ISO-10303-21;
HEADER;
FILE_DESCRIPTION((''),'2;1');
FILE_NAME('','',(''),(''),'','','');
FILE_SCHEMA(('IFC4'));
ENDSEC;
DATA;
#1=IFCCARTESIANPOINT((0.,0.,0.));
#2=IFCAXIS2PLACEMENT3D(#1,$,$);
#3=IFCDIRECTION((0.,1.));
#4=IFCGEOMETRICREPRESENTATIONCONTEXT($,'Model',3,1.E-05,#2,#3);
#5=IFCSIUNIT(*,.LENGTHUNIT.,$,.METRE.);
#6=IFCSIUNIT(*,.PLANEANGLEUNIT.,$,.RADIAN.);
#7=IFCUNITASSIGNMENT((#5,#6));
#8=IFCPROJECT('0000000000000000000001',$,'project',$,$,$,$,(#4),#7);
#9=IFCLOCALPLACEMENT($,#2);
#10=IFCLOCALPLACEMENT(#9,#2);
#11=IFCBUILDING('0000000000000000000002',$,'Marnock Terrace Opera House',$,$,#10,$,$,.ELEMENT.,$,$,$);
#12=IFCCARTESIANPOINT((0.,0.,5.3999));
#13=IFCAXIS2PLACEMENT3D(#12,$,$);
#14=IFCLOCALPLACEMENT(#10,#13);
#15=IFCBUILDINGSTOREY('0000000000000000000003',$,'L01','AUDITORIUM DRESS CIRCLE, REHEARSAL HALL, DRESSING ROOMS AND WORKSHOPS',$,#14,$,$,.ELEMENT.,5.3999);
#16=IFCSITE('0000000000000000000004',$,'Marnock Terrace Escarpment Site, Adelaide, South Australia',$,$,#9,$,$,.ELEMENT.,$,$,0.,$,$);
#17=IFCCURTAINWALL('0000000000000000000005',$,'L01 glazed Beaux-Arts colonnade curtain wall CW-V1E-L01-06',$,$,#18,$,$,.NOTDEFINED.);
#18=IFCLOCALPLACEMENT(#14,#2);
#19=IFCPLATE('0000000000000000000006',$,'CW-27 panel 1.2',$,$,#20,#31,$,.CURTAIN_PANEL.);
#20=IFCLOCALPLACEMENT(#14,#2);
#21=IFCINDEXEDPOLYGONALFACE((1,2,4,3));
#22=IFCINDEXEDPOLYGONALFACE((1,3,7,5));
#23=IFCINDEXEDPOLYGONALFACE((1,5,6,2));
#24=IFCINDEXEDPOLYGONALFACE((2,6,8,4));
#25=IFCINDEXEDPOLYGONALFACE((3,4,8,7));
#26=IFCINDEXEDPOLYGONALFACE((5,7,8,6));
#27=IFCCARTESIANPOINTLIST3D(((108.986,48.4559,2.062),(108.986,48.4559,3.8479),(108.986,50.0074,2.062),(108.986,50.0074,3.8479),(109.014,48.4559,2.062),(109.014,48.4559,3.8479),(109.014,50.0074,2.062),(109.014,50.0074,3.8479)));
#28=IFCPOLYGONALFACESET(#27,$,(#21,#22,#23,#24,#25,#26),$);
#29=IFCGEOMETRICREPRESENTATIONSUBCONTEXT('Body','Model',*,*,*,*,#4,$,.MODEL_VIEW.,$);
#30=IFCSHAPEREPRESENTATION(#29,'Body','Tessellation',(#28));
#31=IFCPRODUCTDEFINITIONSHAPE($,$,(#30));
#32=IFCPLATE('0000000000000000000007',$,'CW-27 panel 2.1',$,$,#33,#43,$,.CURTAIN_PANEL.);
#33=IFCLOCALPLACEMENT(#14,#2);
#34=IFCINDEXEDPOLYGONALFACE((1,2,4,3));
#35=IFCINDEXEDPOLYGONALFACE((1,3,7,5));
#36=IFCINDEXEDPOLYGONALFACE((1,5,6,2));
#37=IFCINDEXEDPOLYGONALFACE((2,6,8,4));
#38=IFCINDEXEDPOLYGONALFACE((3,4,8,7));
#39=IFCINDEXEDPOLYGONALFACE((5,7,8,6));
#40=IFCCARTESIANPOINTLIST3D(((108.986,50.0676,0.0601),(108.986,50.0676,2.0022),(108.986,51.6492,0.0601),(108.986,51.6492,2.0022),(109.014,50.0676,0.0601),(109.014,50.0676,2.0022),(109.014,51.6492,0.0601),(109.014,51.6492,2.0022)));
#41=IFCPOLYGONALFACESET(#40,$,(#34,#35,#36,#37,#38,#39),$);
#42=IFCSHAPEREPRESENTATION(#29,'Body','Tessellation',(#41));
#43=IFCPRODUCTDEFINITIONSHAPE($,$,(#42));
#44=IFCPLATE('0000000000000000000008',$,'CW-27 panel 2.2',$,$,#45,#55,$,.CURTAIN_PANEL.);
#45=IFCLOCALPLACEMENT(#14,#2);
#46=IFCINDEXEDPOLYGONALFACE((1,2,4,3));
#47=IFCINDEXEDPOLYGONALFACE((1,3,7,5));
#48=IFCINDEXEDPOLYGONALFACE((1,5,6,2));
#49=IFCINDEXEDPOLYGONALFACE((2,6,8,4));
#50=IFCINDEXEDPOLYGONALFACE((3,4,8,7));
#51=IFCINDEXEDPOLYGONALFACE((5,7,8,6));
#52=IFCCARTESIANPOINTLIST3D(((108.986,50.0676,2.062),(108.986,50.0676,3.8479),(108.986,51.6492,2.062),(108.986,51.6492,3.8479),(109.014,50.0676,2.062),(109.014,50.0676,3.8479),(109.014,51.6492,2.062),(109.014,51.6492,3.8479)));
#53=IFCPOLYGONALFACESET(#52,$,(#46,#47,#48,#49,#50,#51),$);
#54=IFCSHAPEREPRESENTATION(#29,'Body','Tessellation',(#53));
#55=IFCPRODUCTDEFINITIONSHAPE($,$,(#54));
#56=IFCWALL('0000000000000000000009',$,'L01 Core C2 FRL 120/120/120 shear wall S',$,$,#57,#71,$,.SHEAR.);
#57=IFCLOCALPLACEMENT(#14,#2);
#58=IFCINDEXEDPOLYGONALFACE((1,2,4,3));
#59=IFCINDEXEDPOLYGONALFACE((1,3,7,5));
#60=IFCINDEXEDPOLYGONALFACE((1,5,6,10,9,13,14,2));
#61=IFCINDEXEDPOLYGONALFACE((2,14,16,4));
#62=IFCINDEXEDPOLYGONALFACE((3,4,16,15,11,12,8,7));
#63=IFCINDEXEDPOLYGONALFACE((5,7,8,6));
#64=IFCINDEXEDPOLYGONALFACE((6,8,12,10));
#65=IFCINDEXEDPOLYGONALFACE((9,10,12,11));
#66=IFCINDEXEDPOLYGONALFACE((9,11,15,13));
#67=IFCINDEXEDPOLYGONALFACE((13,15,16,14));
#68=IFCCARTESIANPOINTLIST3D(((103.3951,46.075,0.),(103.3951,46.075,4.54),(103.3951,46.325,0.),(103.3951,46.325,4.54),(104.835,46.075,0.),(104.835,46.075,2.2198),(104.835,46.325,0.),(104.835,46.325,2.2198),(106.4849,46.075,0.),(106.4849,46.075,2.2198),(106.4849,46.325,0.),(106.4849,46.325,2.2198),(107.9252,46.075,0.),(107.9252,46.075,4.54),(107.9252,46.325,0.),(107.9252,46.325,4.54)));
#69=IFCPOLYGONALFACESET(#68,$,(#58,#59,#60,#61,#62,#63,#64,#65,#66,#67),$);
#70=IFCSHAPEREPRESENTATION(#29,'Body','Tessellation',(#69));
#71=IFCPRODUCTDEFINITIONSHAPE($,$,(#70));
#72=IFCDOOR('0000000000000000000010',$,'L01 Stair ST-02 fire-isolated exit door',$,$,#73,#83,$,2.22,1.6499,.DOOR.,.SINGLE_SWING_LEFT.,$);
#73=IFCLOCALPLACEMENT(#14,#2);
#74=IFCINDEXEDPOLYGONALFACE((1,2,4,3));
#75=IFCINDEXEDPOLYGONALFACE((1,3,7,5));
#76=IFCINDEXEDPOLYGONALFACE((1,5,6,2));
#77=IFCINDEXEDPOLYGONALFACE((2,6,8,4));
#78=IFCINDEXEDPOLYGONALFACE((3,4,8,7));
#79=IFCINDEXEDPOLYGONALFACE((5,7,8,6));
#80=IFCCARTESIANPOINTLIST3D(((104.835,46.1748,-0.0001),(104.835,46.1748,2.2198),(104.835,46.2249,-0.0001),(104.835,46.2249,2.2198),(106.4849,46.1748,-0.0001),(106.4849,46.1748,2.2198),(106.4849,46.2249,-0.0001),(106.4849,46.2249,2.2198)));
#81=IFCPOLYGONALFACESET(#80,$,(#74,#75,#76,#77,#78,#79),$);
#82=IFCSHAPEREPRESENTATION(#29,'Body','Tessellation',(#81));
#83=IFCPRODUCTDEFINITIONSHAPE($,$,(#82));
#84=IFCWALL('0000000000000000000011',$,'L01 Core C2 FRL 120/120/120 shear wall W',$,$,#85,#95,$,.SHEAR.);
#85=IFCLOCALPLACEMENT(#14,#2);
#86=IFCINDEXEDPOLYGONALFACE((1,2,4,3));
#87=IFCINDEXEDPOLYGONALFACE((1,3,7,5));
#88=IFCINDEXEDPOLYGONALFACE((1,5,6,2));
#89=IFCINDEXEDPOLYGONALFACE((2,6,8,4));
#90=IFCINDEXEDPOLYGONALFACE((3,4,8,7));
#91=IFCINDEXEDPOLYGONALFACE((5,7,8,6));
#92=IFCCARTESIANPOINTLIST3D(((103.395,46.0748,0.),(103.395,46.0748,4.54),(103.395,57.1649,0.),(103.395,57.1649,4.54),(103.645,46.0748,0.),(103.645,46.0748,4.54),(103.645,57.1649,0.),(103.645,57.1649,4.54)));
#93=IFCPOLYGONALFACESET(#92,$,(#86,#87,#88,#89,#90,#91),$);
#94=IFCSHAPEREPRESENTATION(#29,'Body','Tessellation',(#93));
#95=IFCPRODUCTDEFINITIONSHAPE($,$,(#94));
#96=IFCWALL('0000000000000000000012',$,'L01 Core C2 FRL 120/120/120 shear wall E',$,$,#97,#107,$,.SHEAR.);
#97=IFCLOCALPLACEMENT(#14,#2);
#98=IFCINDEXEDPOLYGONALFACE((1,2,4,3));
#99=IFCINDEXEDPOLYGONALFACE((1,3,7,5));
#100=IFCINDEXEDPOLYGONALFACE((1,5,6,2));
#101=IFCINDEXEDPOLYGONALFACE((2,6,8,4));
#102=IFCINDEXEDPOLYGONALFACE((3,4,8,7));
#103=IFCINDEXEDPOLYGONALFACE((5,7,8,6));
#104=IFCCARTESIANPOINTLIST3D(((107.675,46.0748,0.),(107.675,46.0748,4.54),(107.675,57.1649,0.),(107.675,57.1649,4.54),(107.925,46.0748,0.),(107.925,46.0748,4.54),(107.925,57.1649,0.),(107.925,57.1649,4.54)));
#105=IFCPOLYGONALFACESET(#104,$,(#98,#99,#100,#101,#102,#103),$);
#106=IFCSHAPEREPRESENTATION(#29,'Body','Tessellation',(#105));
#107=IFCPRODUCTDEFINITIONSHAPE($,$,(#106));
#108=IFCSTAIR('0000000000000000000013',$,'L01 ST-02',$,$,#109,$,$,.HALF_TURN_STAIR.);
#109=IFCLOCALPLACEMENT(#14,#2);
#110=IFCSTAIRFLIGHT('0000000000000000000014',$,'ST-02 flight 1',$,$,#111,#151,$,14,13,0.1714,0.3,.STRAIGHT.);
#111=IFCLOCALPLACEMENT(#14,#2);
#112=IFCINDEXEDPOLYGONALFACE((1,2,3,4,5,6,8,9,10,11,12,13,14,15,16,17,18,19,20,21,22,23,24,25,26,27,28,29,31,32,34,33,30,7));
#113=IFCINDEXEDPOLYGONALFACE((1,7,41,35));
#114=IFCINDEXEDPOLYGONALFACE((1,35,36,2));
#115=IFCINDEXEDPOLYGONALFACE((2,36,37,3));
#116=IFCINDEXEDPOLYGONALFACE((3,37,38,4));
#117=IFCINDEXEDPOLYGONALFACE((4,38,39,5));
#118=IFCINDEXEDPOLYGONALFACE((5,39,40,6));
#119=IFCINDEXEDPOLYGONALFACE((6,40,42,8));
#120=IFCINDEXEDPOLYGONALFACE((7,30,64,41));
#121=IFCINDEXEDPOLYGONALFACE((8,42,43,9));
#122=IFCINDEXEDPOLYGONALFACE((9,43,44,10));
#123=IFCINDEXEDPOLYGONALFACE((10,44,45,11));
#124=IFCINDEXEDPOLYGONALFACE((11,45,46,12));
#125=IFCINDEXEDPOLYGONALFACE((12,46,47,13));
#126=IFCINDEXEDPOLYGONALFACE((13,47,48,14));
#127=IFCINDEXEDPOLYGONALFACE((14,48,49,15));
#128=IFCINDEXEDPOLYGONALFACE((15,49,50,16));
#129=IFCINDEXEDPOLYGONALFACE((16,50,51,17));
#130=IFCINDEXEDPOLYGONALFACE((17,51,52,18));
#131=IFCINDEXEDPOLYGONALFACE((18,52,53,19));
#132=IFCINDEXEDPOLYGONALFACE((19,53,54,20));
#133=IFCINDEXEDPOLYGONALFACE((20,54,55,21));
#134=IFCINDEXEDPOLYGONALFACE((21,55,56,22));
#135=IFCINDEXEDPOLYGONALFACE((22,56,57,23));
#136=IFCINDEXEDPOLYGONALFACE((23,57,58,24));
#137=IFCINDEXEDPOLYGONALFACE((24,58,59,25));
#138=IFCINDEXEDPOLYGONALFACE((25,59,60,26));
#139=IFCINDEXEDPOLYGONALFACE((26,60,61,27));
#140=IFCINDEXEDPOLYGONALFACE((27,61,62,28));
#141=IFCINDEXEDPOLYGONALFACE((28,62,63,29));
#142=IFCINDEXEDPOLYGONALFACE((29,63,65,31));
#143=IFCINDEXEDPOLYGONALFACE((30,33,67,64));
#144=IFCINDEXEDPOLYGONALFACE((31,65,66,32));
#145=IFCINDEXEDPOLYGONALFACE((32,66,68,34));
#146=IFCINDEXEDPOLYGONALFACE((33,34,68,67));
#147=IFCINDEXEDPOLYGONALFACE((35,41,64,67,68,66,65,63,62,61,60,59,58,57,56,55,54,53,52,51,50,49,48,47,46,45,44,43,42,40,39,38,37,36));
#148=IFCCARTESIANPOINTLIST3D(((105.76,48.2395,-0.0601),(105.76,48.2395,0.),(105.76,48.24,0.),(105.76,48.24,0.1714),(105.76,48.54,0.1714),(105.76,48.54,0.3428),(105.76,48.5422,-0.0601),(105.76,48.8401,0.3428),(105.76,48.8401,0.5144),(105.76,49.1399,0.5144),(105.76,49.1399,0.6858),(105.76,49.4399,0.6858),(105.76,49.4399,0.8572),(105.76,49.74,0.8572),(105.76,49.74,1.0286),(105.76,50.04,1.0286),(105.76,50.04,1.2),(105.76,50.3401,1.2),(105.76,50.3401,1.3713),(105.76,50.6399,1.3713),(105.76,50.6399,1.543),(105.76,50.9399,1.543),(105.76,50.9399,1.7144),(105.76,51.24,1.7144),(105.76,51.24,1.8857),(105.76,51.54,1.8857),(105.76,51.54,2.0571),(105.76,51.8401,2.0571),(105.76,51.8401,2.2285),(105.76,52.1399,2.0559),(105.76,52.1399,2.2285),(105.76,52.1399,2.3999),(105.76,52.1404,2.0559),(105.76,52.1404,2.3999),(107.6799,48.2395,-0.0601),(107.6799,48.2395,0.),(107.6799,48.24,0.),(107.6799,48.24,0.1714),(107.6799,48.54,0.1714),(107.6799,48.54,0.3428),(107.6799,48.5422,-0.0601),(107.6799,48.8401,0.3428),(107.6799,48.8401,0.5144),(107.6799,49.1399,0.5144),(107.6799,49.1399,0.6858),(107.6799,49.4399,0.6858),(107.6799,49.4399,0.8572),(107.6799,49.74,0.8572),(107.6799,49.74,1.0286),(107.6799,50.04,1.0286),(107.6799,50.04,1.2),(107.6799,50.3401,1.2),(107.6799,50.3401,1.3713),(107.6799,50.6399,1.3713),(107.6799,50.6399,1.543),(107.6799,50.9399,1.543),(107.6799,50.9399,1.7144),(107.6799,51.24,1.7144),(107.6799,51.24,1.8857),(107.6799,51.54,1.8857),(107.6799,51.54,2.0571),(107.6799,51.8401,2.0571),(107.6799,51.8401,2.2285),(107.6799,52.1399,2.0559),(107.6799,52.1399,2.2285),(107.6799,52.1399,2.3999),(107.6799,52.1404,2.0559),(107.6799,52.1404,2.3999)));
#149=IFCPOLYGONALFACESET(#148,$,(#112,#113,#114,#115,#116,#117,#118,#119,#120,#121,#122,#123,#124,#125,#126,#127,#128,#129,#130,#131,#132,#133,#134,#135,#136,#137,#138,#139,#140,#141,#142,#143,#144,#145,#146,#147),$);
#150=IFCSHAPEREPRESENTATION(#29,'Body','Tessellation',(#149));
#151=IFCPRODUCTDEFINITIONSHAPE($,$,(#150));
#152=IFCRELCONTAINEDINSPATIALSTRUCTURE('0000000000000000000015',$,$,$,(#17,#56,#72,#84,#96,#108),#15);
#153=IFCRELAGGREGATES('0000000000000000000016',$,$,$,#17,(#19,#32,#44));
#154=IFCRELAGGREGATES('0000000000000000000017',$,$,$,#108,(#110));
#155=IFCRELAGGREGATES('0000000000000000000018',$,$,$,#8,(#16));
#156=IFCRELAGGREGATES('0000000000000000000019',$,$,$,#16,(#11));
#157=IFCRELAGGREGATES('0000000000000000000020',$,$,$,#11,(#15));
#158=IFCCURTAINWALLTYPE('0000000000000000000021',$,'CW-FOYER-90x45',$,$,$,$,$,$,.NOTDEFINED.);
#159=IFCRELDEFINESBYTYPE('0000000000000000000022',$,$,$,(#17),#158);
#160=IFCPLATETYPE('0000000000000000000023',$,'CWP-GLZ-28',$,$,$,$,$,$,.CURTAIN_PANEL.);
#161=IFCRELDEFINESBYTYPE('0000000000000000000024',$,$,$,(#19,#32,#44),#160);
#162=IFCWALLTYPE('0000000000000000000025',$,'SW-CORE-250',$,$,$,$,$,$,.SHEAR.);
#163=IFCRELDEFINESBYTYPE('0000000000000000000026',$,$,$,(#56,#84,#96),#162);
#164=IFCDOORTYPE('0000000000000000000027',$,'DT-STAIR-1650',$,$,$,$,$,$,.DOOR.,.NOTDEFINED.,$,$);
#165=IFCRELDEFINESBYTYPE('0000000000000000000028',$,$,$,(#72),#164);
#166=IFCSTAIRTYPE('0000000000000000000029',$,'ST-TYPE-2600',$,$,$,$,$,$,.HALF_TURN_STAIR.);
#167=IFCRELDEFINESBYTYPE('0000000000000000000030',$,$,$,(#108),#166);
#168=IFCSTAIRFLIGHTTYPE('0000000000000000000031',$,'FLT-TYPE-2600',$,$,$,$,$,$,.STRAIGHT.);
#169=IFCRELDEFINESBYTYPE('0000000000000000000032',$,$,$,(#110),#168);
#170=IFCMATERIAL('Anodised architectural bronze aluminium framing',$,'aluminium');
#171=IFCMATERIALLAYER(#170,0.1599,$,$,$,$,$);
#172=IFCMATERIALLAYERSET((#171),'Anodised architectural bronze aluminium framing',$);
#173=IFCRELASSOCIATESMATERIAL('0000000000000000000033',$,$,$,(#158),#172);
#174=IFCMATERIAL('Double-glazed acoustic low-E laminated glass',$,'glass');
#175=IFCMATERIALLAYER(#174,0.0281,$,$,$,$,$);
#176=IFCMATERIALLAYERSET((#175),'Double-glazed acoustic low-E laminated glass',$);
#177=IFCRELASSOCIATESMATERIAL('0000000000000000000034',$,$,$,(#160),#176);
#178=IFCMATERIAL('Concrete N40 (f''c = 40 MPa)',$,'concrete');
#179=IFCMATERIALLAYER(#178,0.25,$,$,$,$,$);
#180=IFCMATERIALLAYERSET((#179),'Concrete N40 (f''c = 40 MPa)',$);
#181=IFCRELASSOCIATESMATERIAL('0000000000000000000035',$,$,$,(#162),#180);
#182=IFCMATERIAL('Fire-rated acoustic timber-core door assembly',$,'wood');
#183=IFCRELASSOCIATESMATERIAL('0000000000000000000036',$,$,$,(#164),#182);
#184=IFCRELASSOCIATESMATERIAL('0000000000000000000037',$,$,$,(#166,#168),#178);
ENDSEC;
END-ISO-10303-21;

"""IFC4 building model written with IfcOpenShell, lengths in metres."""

from ifc_helpers import new_model, si_unit, direction, frame, frame_2d, origin, origin_2d, place, context, subcontext, project, spatial, polyline, rectangle, outline, extrude, material, layer, layer_set, type_object, element, fill, aggregate, save


model = new_model("IFC4")

# Units and contexts
model_context = context("Model", 3, precision=1e-05, world=origin(), true_north=direction((0.0, 1.0)))
body_context = subcontext(model_context, "Body", "Model", "MODEL_VIEW")
ifc_project = project(units=[si_unit("LENGTHUNIT", "METRE"), si_unit("PLANEANGLEUNIT", "RADIAN")], contexts=[model_context])

# Site, building, storey
site_placement = place(None, origin())
site = spatial("IfcSite", under=ifc_project, at=site_placement, Name="Marnock Terrace Escarpment Site, Adelaide, South Australia", CompositionType="ELEMENT", RefElevation=0.0)
building_placement = place(site_placement, origin())
building = spatial("IfcBuilding", under=site, at=building_placement, Name="Marnock Terrace Opera House", CompositionType="ELEMENT")
storey_placement = place(building_placement, frame((0.0, 0.0, 5.3999)))
storey = spatial("IfcBuildingStorey", under=building, at=storey_placement, Name="L01", Description="AUDITORIUM DRESS CIRCLE, REHEARSAL HALL, DRESSING ROOMS AND WORKSHOPS", CompositionType="ELEMENT", Elevation=5.3999)

# Shared definitions
ifc_material_1 = material(Name="Concrete N40 (f'c = 40 MPa)", Category="concrete")

# Curtain wall
ifc_material_2 = material(Name="Anodised architectural bronze aluminium framing", Category="aluminium")
ifc_layer_1 = layer(ifc_material_2, 0.1599)
ifc_layer_set_1 = layer_set([ifc_layer_1], Name="Anodised architectural bronze aluminium framing")
curtain_wall_type_1 = type_object("IfcCurtainWallType", Name="CW-FOYER-90x45", PredefinedType="NOTDEFINED", material=ifc_layer_set_1)
curtain_wall_1_placement = place(storey_placement, origin())
curtain_wall_1 = element("IfcCurtainWall", 1, at=curtain_wall_1_placement, inside=storey, type_object=curtain_wall_type_1, Name="L01 glazed Beaux-Arts colonnade curtain wall CW-V1E-L01-06", PredefinedType="NOTDEFINED")

# Plates
ifc_material_3 = material(Name="Double-glazed acoustic low-E laminated glass", Category="glass")
ifc_layer_2 = layer(ifc_material_3, 0.0281)
ifc_layer_set_2 = layer_set([ifc_layer_2], Name="Double-glazed acoustic low-E laminated glass")
plate_type = type_object("IfcPlateType", Name="CWP-GLZ-28", PredefinedType="CURTAIN_PANEL", material=ifc_layer_set_2)
plate_1_placement = place(storey_placement, frame((109.0, 49.2317, 2.062), z_axis=(0.0, 0.0, 1.0), x_axis=(0.0, 1.0, 0.0)))
plate_1 = element("IfcPlate", 2, at=plate_1_placement, type_object=plate_type, Name="CW-27 panel 1.2", PredefinedType="CURTAIN_PANEL", context=body_context, shape_type="SweptSolid", body=[
    extrude(rectangle(XDim=1.5515, YDim=0.0281, at=origin_2d()), origin(), (0.0, 0.0, 1.0), 1.7859),
])
plate_2_placement = place(storey_placement, frame((109.0, 50.8584, 0.0601), z_axis=(0.0, 0.0, 1.0), x_axis=(0.0, 1.0, 0.0)))
plate_2 = element("IfcPlate", 3, at=plate_2_placement, type_object=plate_type, Name="CW-27 panel 2.1", PredefinedType="CURTAIN_PANEL", context=body_context, shape_type="SweptSolid", body=[
    extrude(rectangle(XDim=1.5815, YDim=0.0281, at=origin_2d()), origin(), (0.0, 0.0, 1.0), 1.9421),
])
plate_3_placement = place(storey_placement, frame((109.0, 50.8584, 2.062), z_axis=(0.0, 0.0, 1.0), x_axis=(0.0, 1.0, 0.0)))
plate_3 = element("IfcPlate", 4, at=plate_3_placement, type_object=plate_type, Name="CW-27 panel 2.2", PredefinedType="CURTAIN_PANEL", context=body_context, shape_type="SweptSolid", body=[
    extrude(rectangle(XDim=1.5815, YDim=0.0281, at=origin_2d()), origin(), (0.0, 0.0, 1.0), 1.7859),
])
aggregate(curtain_wall_1, [plate_1, plate_2, plate_3])

# Wall, opening, door
ifc_layer_3 = layer(ifc_material_1, 0.25)
ifc_layer_set_3 = layer_set([ifc_layer_3], Name="Concrete N40 (f'c = 40 MPa)")
wall_type = type_object("IfcWallType", Name="SW-CORE-250", PredefinedType="SHEAR", material=ifc_layer_set_3)
wall_placement = place(storey_placement, frame((103.395, 46.2, 0.0), z_axis=(0.0, 0.0, 1.0), x_axis=(1.0, 0.0, 0.0)))
wall = element("IfcWall", 5, at=wall_placement, inside=storey, type_object=wall_type, Name="L01 Core C2 FRL 120/120/120 shear wall S", PredefinedType="SHEAR", context=body_context, shape_type="SweptSolid", body=[
    extrude(rectangle(XDim=4.53, YDim=0.25, at=frame_2d((2.2651, 0.0))), origin(), (0.0, 0.0, 1.0), 4.54),
])
opening_placement = place(wall_placement, frame((1.4399, 0.0, 0.0)))
opening = element("IfcOpeningElement", 6, at=opening_placement, cuts=wall, PredefinedType="OPENING", context=body_context, shape_type="SweptSolid", body=[
    extrude(rectangle(XDim=1.6499, YDim=2.22, at=frame_2d((0.825, 1.1099))), frame((0.0, 0.135, 0.0), z_axis=(0.0, -1.0, 0.0), x_axis=(1.0, 0.0, 0.0)), (0.0, 0.0, 1.0), 0.27),
])
ifc_material_4 = material(Name="Fire-rated acoustic timber-core door assembly", Category="wood")
door_type = type_object("IfcDoorType", Name="DT-STAIR-1650", OperationType="NOTDEFINED", PredefinedType="DOOR", material=ifc_material_4)
door_placement = place(opening_placement, origin())
door = element("IfcDoor", 7, at=door_placement, inside=storey, type_object=door_type, Name="L01 Stair ST-02 fire-isolated exit door", OperationType="SINGLE_SWING_LEFT", OverallHeight=2.22, OverallWidth=1.6499, PredefinedType="DOOR", context=body_context, shape_type="SweptSolid", body=[
    extrude(rectangle(XDim=1.6499, YDim=2.22, at=frame_2d((0.825, 1.1099))), frame((0.0, 0.0249, 0.0), z_axis=(0.0, -1.0, 0.0), x_axis=(1.0, 0.0, 0.0)), (0.0, 0.0, 1.0), 0.05),
])
fill(opening, door)

# Walls
for number, where, z_axis, x_axis, name in (
    (8, (103.52, 46.075, 0.0), (0.0, 0.0, 1.0), (0.0, 1.0, 0.0), "L01 Core C2 FRL 120/120/120 shear wall W"),
    (9, (107.8, 46.075, 0.0), (0.0, 0.0, 1.0), (0.0, 1.0, 0.0), "L01 Core C2 FRL 120/120/120 shear wall E"),
):
    element("IfcWall", number, at=place(storey_placement, frame(where, z_axis=z_axis, x_axis=x_axis)), inside=storey, type_object=wall_type, Name=name, PredefinedType="SHEAR", context=body_context, shape_type="SweptSolid", body=[
        extrude(rectangle(XDim=11.0901, YDim=0.25, at=frame_2d((5.5449, 0.0))), origin(), (0.0, 0.0, 1.0), 4.54),
    ])

# Stair, stair flight
stair_type = type_object("IfcStairType", Name="ST-TYPE-2600", PredefinedType="HALF_TURN_STAIR", material=ifc_material_1)
stair_placement = place(storey_placement, origin())
stair = element("IfcStair", 10, at=stair_placement, inside=storey, type_object=stair_type, Name="L01 ST-02", PredefinedType="HALF_TURN_STAIR")
stair_flight_type = type_object("IfcStairFlightType", Name="FLT-TYPE-2600", PredefinedType="STRAIGHT", material=ifc_material_1)
stair_flight_1_placement = place(storey_placement, frame((106.72, 48.24, 0.0), z_axis=(0.0, 0.0, 1.0), x_axis=(0.0, 1.0, 0.0)))
stair_flight_1 = element("IfcStairFlight", 11, at=stair_flight_1_placement, type_object=stair_flight_type, Name="ST-02 flight 1", NumberOfRisers=14, NumberOfTreads=13, PredefinedType="STRAIGHT", RiserHeight=0.1714, TreadLength=0.3, context=body_context, shape_type="SweptSolid", body=[
    extrude(outline(polyline([(-0.0005, -0.0601), (-0.0005, 0.0), (0.0, 0.0), (0.0, 0.1714), (0.3, 0.1714), (0.3, 0.3428), (0.6001, 0.3428), (0.6001, 0.5144), (0.8999, 0.5144), (0.8999, 0.6858), (1.2, 0.6858), (1.2, 0.8572), (1.5, 0.8572), (1.5, 1.0286), (1.8, 1.0286), (1.8, 1.2), (2.1001, 1.2), (2.1001, 1.3713), (2.3999, 1.3713), (2.3999, 1.543), (2.7, 1.543), (2.7, 1.7144), (3.0, 1.7144), (3.0, 1.8857), (3.3, 1.8857), (3.3, 2.0571), (3.6001, 2.0571), (3.6001, 2.2285), (3.8999, 2.2285), (3.8999, 2.3999), (3.9004, 2.3999), (3.9004, 2.0559), (3.8999, 2.0559), (0.3022, -0.0601), (-0.0005, -0.0601)])), frame((0.0, 0.96, 0.0), z_axis=(0.0, -1.0, 0.0), x_axis=(1.0, 0.0, 0.0)), (0.0, 0.0, 1.0), 1.9199),
])
aggregate(stair, [stair_flight_1])

save(model, "model.ifc")
